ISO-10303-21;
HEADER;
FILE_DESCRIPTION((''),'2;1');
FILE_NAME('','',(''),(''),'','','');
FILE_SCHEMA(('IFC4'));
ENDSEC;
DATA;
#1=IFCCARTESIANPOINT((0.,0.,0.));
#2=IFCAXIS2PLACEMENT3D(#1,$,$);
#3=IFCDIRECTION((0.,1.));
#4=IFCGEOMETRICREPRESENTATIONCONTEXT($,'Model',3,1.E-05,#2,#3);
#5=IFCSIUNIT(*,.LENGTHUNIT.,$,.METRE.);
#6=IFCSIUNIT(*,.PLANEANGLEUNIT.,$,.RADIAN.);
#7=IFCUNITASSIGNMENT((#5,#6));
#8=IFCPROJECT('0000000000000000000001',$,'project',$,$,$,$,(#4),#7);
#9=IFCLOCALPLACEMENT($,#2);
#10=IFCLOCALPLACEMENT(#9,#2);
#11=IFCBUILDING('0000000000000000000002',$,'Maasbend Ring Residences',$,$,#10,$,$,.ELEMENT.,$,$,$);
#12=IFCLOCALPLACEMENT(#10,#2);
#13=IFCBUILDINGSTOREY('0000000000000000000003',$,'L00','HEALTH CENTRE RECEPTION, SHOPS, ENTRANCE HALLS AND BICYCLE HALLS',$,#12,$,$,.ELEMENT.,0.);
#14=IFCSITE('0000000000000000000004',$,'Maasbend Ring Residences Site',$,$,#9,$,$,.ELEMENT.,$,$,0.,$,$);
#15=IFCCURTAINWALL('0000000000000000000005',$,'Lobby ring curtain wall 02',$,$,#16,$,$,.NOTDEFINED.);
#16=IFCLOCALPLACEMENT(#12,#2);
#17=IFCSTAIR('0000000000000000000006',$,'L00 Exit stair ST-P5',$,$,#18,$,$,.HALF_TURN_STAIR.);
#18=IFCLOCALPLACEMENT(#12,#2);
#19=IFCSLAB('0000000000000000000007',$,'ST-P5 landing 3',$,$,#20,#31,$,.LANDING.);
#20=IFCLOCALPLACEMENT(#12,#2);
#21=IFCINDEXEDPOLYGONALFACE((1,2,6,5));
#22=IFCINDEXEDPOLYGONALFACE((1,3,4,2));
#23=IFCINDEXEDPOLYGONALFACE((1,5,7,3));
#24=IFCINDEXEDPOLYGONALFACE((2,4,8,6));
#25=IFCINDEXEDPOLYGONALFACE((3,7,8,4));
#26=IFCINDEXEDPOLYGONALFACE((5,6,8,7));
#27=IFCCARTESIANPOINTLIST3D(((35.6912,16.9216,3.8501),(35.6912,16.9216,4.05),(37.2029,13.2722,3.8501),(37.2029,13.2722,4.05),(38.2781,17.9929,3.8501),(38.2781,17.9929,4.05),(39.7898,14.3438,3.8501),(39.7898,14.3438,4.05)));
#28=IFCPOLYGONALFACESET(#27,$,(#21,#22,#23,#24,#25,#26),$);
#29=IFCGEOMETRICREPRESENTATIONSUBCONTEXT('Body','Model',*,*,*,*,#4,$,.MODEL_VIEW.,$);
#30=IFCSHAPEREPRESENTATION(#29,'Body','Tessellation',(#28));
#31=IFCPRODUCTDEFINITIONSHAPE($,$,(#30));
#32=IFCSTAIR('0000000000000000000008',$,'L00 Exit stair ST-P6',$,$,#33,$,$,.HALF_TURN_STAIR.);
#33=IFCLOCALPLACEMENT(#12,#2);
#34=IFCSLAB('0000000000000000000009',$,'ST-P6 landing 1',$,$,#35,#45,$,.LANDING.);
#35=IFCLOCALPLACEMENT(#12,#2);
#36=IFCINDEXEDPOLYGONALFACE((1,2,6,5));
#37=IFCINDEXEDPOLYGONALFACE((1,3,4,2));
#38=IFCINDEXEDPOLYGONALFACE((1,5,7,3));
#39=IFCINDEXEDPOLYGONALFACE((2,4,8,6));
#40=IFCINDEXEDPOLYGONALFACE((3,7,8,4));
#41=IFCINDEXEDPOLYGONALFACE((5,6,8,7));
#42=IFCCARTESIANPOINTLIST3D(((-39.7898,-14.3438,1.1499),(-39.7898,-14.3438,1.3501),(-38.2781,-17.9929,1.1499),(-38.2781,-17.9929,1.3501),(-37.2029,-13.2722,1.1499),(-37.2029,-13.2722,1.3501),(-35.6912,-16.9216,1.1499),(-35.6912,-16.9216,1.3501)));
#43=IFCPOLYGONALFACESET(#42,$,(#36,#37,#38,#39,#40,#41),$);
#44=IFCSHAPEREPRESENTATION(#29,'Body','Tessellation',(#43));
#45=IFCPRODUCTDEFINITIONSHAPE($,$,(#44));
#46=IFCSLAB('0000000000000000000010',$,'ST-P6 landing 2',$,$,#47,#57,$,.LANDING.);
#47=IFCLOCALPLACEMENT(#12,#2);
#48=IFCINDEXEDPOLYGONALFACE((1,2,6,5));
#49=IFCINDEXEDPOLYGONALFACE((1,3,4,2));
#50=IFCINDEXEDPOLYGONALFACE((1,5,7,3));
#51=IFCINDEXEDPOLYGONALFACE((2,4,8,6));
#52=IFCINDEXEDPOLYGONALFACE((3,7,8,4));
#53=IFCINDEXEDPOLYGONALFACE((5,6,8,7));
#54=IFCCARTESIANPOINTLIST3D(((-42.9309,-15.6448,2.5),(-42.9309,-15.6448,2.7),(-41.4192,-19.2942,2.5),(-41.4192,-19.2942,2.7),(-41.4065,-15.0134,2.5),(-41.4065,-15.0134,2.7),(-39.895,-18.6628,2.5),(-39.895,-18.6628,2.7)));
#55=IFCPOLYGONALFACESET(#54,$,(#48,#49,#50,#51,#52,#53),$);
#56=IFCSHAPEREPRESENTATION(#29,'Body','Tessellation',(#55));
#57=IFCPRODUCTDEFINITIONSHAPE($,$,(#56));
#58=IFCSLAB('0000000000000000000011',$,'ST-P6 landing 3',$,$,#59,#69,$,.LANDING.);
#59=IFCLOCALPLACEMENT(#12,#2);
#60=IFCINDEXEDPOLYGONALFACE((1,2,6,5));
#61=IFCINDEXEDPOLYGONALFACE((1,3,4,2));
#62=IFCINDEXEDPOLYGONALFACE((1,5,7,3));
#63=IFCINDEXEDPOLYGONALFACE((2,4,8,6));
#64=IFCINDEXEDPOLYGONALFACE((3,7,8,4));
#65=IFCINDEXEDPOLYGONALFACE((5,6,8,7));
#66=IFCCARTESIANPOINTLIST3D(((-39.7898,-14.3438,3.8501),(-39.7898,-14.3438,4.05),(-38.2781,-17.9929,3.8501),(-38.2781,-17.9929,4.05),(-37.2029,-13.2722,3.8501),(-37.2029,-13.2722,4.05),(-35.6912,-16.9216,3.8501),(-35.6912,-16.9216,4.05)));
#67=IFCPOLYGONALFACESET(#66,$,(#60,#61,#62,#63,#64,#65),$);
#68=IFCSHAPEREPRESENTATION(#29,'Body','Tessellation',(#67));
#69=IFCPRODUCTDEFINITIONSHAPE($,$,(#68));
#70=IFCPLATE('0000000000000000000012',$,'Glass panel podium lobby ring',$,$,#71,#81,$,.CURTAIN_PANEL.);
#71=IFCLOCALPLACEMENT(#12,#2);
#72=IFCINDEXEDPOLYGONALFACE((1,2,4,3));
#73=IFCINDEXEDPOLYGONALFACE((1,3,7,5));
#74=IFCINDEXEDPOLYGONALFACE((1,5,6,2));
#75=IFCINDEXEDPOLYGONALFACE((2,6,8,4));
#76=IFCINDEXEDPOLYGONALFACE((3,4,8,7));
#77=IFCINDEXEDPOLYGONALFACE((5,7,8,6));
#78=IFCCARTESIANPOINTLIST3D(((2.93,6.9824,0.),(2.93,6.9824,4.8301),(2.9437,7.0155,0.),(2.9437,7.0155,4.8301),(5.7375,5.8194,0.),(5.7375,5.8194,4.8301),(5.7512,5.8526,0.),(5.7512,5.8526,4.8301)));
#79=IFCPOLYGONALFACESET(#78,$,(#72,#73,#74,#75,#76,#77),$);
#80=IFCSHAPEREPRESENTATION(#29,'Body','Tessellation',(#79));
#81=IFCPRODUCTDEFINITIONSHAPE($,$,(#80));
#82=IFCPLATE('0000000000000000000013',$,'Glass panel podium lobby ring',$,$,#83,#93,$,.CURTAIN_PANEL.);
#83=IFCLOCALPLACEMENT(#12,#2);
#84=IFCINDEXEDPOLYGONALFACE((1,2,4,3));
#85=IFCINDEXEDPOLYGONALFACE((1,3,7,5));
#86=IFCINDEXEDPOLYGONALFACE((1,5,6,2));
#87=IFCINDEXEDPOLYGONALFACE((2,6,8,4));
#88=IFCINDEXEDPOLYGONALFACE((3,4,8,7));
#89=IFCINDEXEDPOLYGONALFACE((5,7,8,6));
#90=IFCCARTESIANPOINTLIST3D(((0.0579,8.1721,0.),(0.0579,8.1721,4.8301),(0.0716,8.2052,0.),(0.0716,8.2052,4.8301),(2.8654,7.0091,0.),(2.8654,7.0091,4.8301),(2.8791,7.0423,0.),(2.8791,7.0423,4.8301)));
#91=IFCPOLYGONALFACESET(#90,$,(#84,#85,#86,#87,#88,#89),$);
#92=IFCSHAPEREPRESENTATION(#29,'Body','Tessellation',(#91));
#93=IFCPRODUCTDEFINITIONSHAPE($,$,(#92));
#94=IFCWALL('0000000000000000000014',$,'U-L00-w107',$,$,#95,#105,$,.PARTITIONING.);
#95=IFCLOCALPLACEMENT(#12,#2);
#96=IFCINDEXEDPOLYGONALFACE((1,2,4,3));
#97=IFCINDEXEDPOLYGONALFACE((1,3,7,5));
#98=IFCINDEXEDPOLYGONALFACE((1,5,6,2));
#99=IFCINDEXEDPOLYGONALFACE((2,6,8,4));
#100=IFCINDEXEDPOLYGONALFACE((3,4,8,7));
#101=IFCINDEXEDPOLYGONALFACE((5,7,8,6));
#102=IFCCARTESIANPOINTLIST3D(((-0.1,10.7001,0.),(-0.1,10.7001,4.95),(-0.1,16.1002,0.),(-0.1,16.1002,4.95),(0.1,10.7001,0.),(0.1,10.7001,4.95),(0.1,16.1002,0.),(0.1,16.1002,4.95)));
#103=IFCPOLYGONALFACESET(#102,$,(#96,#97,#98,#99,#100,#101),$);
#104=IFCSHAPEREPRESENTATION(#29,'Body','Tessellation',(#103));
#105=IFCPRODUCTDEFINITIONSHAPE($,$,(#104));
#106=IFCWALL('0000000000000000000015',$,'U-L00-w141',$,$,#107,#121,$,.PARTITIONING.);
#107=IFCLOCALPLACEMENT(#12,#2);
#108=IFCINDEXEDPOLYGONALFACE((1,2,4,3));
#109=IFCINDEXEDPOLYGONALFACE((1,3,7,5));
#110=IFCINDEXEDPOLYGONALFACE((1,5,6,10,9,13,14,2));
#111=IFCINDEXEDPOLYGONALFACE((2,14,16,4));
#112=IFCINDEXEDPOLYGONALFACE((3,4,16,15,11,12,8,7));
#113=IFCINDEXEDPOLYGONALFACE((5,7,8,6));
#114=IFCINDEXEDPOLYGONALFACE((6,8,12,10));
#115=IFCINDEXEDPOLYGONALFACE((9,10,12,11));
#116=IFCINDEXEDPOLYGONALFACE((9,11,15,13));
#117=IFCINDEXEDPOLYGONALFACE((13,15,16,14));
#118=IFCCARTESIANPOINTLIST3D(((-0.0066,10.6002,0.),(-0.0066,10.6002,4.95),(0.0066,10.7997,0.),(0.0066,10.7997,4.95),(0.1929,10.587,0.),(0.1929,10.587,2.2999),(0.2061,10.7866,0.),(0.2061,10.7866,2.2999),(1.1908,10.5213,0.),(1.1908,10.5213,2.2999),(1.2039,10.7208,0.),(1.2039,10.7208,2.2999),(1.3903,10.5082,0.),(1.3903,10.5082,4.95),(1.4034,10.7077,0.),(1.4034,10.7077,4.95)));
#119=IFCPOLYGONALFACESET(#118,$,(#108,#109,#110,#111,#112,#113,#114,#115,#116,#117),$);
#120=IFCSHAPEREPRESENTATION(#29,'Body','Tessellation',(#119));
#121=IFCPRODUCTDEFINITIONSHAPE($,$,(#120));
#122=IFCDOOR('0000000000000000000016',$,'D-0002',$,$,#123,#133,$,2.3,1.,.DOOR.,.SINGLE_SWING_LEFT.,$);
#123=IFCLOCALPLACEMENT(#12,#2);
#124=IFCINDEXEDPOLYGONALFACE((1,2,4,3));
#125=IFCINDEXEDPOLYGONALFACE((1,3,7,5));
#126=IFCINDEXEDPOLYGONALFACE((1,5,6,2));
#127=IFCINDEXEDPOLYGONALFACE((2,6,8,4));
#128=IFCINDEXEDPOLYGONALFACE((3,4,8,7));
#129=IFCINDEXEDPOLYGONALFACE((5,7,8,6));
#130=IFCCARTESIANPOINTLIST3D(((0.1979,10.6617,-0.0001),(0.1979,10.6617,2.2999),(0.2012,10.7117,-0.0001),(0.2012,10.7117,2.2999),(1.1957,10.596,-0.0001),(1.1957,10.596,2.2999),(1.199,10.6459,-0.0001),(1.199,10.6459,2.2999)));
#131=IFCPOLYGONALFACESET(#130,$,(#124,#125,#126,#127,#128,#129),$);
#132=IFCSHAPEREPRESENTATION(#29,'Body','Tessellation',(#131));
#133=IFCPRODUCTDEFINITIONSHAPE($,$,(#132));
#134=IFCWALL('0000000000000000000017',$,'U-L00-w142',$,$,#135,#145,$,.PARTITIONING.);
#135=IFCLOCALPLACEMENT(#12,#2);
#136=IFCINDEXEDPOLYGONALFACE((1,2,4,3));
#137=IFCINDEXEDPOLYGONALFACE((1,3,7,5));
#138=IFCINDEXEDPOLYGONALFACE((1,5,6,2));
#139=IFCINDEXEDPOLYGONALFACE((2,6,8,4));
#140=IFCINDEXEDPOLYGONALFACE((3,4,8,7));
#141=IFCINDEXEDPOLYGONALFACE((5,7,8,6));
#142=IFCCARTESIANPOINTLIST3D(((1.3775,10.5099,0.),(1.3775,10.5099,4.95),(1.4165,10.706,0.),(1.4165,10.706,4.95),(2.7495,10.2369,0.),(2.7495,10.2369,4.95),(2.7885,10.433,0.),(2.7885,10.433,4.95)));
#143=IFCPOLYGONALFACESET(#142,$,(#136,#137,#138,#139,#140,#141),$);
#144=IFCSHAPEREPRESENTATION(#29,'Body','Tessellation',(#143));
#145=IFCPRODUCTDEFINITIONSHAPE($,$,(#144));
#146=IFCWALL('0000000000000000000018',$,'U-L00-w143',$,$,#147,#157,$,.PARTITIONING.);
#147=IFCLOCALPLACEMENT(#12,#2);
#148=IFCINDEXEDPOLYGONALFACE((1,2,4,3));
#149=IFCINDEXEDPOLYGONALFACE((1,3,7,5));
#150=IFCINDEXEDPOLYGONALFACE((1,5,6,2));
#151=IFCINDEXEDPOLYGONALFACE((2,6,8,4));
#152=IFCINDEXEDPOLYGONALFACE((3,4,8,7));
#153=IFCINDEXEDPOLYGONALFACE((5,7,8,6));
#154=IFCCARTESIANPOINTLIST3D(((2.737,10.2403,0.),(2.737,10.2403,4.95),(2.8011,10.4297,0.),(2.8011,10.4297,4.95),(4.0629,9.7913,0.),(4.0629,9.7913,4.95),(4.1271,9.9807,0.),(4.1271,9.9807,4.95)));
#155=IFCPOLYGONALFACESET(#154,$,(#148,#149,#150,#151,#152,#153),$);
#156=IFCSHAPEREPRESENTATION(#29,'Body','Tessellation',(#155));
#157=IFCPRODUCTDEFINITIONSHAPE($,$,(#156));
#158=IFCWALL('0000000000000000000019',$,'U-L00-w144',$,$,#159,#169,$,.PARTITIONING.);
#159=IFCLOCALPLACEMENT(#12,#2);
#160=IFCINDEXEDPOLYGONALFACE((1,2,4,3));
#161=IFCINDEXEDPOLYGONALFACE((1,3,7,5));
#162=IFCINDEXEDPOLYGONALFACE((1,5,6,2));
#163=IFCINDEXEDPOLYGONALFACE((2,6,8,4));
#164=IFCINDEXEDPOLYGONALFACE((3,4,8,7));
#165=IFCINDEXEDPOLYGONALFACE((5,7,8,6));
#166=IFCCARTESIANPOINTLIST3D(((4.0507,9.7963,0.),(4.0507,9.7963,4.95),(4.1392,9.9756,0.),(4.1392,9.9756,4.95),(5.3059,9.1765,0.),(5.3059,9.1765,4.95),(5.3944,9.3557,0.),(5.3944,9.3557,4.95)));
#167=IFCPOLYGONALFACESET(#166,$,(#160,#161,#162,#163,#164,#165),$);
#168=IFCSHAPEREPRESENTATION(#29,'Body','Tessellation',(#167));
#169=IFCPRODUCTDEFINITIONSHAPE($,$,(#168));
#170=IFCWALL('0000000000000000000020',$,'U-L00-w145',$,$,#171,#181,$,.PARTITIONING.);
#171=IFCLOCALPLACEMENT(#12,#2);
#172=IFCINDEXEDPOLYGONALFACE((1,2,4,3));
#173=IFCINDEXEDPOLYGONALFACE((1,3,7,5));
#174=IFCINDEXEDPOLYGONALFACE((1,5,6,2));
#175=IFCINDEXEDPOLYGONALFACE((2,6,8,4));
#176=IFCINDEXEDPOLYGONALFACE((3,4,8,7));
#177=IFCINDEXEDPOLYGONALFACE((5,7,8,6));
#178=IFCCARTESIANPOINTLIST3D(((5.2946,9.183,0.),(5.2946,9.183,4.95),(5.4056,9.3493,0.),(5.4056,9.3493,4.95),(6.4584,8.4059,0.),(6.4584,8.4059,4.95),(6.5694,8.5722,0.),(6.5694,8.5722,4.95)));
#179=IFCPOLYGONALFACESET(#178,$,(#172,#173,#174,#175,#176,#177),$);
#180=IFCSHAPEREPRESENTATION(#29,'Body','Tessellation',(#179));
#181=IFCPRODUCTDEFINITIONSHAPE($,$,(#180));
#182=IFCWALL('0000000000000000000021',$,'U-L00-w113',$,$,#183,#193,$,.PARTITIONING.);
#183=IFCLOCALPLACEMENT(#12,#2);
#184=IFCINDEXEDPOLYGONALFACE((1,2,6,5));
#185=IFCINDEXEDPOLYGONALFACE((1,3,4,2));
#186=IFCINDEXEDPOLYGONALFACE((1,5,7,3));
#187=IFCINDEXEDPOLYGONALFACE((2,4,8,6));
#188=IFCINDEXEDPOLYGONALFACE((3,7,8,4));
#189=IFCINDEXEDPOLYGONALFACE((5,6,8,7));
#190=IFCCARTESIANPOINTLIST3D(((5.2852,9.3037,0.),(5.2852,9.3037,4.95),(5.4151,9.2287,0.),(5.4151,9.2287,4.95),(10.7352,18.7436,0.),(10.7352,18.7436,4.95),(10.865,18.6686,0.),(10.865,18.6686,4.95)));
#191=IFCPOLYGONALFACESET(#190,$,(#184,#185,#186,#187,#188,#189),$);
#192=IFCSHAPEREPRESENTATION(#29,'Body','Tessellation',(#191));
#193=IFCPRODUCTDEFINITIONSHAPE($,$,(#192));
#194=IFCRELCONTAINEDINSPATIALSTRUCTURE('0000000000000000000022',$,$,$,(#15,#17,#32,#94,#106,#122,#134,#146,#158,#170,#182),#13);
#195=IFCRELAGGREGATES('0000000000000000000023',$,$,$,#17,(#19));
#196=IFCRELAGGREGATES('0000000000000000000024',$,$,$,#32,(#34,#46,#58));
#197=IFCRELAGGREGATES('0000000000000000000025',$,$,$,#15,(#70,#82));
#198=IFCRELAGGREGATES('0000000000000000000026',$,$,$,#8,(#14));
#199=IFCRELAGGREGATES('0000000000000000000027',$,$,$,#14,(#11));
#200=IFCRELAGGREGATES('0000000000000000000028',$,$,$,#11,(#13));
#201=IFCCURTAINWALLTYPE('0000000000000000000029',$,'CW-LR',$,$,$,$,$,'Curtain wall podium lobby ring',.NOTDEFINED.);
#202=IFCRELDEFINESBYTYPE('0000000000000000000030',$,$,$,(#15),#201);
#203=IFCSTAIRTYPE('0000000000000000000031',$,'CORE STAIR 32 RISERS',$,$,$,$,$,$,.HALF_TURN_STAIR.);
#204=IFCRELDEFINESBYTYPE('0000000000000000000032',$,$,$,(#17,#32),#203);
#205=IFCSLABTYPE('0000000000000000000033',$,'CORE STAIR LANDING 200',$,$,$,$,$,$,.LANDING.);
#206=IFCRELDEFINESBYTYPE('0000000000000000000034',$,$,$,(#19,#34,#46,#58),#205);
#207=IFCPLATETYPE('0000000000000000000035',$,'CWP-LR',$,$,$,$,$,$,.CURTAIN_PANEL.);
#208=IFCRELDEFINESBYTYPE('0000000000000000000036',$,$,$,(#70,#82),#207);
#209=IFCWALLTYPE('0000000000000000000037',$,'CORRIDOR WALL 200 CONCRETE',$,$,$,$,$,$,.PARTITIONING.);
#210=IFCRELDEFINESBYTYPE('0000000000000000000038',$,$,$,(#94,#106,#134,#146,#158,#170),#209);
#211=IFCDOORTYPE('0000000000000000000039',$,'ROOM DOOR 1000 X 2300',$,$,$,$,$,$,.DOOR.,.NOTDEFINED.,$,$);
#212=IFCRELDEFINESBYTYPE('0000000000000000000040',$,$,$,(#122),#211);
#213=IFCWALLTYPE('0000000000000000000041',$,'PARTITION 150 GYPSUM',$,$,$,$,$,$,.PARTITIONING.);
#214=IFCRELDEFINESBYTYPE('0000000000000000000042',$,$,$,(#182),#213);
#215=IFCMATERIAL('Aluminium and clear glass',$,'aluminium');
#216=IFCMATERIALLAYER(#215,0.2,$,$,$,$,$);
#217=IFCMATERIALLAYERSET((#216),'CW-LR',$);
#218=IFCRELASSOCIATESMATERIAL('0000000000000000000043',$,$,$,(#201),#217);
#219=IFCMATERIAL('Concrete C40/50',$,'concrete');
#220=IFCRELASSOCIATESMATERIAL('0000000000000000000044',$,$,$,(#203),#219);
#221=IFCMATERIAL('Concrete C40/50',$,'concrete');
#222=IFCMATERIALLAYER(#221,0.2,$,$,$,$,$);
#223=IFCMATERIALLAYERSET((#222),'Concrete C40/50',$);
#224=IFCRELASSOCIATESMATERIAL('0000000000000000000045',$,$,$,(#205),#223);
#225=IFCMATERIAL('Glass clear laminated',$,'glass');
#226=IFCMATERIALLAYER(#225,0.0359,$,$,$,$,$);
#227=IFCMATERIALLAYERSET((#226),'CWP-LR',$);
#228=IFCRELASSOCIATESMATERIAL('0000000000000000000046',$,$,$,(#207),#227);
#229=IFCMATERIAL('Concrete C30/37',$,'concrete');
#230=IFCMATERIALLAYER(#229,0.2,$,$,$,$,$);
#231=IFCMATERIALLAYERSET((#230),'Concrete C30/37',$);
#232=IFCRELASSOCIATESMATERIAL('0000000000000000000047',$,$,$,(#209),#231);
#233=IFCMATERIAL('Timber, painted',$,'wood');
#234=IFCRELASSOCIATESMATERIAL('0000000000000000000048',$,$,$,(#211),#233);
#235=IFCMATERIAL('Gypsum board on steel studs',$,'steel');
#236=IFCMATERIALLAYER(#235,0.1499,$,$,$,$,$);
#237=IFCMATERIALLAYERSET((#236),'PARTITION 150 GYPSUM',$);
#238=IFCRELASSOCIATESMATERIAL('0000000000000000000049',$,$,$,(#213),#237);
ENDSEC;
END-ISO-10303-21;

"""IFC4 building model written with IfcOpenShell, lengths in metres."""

from ifc_helpers import new_model, si_unit, direction, frame, frame_2d, origin, origin_2d, place, context, subcontext, project, spatial, polyline, rectangle, outline, extrude, material, layer, layer_set, type_object, element, fill, aggregate, save


model = new_model("IFC4")

# Units and contexts
model_context = context("Model", 3, precision=1e-05, world=origin(), true_north=direction((0.0, 1.0)))
body_context = subcontext(model_context, "Body", "Model", "MODEL_VIEW")
ifc_project = project(units=[si_unit("LENGTHUNIT", "METRE"), si_unit("PLANEANGLEUNIT", "RADIAN")], contexts=[model_context])

# Site, building, storey
site_placement = place(None, origin())
site = spatial("IfcSite", under=ifc_project, at=site_placement, Name="Maasbend Ring Residences Site", CompositionType="ELEMENT", RefElevation=0.0)
building_placement = place(site_placement, origin())
building = spatial("IfcBuilding", under=site, at=building_placement, Name="Maasbend Ring Residences", CompositionType="ELEMENT")
storey_placement = place(building_placement, origin())
storey = spatial("IfcBuildingStorey", under=building, at=storey_placement, Name="L00", Description="HEALTH CENTRE RECEPTION, SHOPS, ENTRANCE HALLS AND BICYCLE HALLS", CompositionType="ELEMENT", Elevation=0.0)

# Curtain wall
ifc_material_1 = material(Name="Aluminium and clear glass", Category="aluminium")
ifc_layer_1 = layer(ifc_material_1, 0.2)
ifc_layer_set_1 = layer_set([ifc_layer_1], Name="CW-LR")
curtain_wall_type = type_object("IfcCurtainWallType", Name="CW-LR", ElementType="Curtain wall podium lobby ring", PredefinedType="NOTDEFINED", material=ifc_layer_set_1)
curtain_wall_placement = place(storey_placement, origin())
curtain_wall = element("IfcCurtainWall", 1, at=curtain_wall_placement, inside=storey, type_object=curtain_wall_type, Name="Lobby ring curtain wall 02", PredefinedType="NOTDEFINED")

# Stairs, slabs
ifc_material_2 = material(Name="Concrete C40/50", Category="concrete")
stair_type = type_object("IfcStairType", Name="CORE STAIR 32 RISERS", PredefinedType="HALF_TURN_STAIR", material=ifc_material_2)
ifc_material_3 = material(Name="Concrete C40/50", Category="concrete")
ifc_layer_2 = layer(ifc_material_3, 0.2)
ifc_layer_set_2 = layer_set([ifc_layer_2], Name="Concrete C40/50")
slab_type = type_object("IfcSlabType", Name="CORE STAIR LANDING 200", PredefinedType="LANDING", material=ifc_layer_set_2)
stair_1_placement = place(storey_placement, origin())
stair_1 = element("IfcStair", 2, at=stair_1_placement, inside=storey, type_object=stair_type, Name="L00 Exit stair ST-P5", PredefinedType="HALF_TURN_STAIR")
slab_1_placement = place(storey_placement, frame((0.0, 0.0, 3.8501)))
slab_1 = element("IfcSlab", 3, at=slab_1_placement, type_object=slab_type, Name="ST-P5 landing 3", PredefinedType="LANDING", context=body_context, shape_type="SweptSolid", body=[
    extrude(outline(polyline([(38.2781, 17.9929), (35.6912, 16.9216), (37.2029, 13.2722), (39.7898, 14.3438), (38.2781, 17.9929)])), origin(), (0.0, 0.0, 1.0), 0.2),
])
aggregate(stair_1, [slab_1])
stair_2_placement = place(storey_placement, origin())
stair_2 = element("IfcStair", 4, at=stair_2_placement, inside=storey, type_object=stair_type, Name="L00 Exit stair ST-P6", PredefinedType="HALF_TURN_STAIR")
slab_2_placement = place(storey_placement, frame((0.0, 0.0, 1.1499)))
slab_2 = element("IfcSlab", 5, at=slab_2_placement, type_object=slab_type, Name="ST-P6 landing 1", PredefinedType="LANDING", context=body_context, shape_type="SweptSolid", body=[
    extrude(outline(polyline([(-38.2781, -17.9929), (-35.6912, -16.9216), (-37.2029, -13.2722), (-39.7898, -14.3438), (-38.2781, -17.9929)])), origin(), (0.0, 0.0, 1.0), 0.2002),
])
slab_3_placement = place(storey_placement, frame((0.0, 0.0, 2.5)))
slab_3 = element("IfcSlab", 6, at=slab_3_placement, type_object=slab_type, Name="ST-P6 landing 2", PredefinedType="LANDING", context=body_context, shape_type="SweptSolid", body=[
    extrude(outline(polyline([(-41.4192, -19.2942), (-39.895, -18.6628), (-41.4065, -15.0134), (-42.9309, -15.6448), (-41.4192, -19.2942)])), origin(), (0.0, 0.0, 1.0), 0.2),
])
slab_4_placement = place(storey_placement, frame((0.0, 0.0, 3.8501)))
slab_4 = element("IfcSlab", 7, at=slab_4_placement, type_object=slab_type, Name="ST-P6 landing 3", PredefinedType="LANDING", context=body_context, shape_type="SweptSolid", body=[
    extrude(outline(polyline([(-38.2781, -17.9929), (-35.6912, -16.9216), (-37.2029, -13.2722), (-39.7898, -14.3438), (-38.2781, -17.9929)])), origin(), (0.0, 0.0, 1.0), 0.2),
])
aggregate(stair_2, [slab_2, slab_3, slab_4])

# Plates
ifc_material_4 = material(Name="Glass clear laminated", Category="glass")
ifc_layer_3 = layer(ifc_material_4, 0.0359)
ifc_layer_set_3 = layer_set([ifc_layer_3], Name="CWP-LR")
plate_type = type_object("IfcPlateType", Name="CWP-LR", PredefinedType="CURTAIN_PANEL", material=ifc_layer_set_3)
plate_1_placement = place(storey_placement, frame((4.3406, 6.4175, 0.0), z_axis=(0.0, 0.0, 1.0), x_axis=(-0.92388, 0.382683, 0.0)))
plate_1 = element("IfcPlate", 8, at=plate_1_placement, type_object=plate_type, Name="Glass panel podium lobby ring", PredefinedType="CURTAIN_PANEL", context=body_context, shape_type="SweptSolid", body=[
    extrude(rectangle(XDim=3.0388, YDim=0.0359, at=origin_2d()), origin(), (0.0, 0.0, 1.0), 4.8301),
])
plate_2_placement = place(storey_placement, frame((1.4685, 7.6072, 0.0), z_axis=(0.0, 0.0, 1.0), x_axis=(-0.92388, 0.382683, 0.0)))
plate_2 = element("IfcPlate", 9, at=plate_2_placement, type_object=plate_type, Name="Glass panel podium lobby ring", PredefinedType="CURTAIN_PANEL", context=body_context, shape_type="SweptSolid", body=[
    extrude(rectangle(XDim=3.0388, YDim=0.0359, at=origin_2d()), origin(), (0.0, 0.0, 1.0), 4.8301),
])
aggregate(curtain_wall, [plate_1, plate_2])

# Wall
ifc_material_5 = material(Name="Concrete C30/37", Category="concrete")
ifc_layer_4 = layer(ifc_material_5, 0.2)
ifc_layer_set_4 = layer_set([ifc_layer_4], Name="Concrete C30/37")
wall_type_1 = type_object("IfcWallType", Name="CORRIDOR WALL 200 CONCRETE", PredefinedType="PARTITIONING", material=ifc_layer_set_4)
wall_1_placement = place(storey_placement, frame((0.0, 10.7, 0.0), z_axis=(0.0, 0.0, 1.0), x_axis=(0.0, 1.0, 0.0)))
element("IfcWall", 10, at=wall_1_placement, inside=storey, type_object=wall_type_1, Name="U-L00-w107", PredefinedType="PARTITIONING", context=body_context, shape_type="SweptSolid", body=[
    extrude(rectangle(XDim=5.4001, YDim=0.2, at=frame_2d((2.7002, 0.0))), origin(), (0.0, 0.0, 1.0), 4.95),
])

# Wall, opening, door
wall_2_placement = place(storey_placement, frame((0.0, 10.7, 0.0), z_axis=(0.0, 0.0, 1.0), x_axis=(0.997837, -0.065744, 0.0)))
wall_2 = element("IfcWall", 11, at=wall_2_placement, inside=storey, type_object=wall_type_1, Name="U-L00-w141", PredefinedType="PARTITIONING", context=body_context, shape_type="SweptSolid", body=[
    extrude(rectangle(XDim=1.3999, YDim=0.2, at=frame_2d((0.7, 0.0))), origin(), (0.0, 0.0, 1.0), 4.95),
])
opening_placement = place(wall_2_placement, frame((0.2, 0.0, 0.0)))
opening = element("IfcOpeningElement", 12, at=opening_placement, cuts=wall_2, PredefinedType="OPENING", context=body_context, shape_type="SweptSolid", body=[
    extrude(rectangle(XDim=1.0, YDim=2.3, at=frame_2d((0.5, 1.1499))), frame((0.0, 0.1099, 0.0), z_axis=(0.0, -1.0, 0.0), x_axis=(1.0, 0.0, 0.0)), (0.0, 0.0, 1.0), 0.22),
])
ifc_material_6 = material(Name="Timber, painted", Category="wood")
door_type = type_object("IfcDoorType", Name="ROOM DOOR 1000 X 2300", OperationType="NOTDEFINED", PredefinedType="DOOR", material=ifc_material_6)
door_placement = place(opening_placement, origin())
door = element("IfcDoor", 13, at=door_placement, inside=storey, type_object=door_type, Name="D-0002", OperationType="SINGLE_SWING_LEFT", OverallHeight=2.3, OverallWidth=1.0, PredefinedType="DOOR", context=body_context, shape_type="SweptSolid", body=[
    extrude(rectangle(XDim=1.0, YDim=2.3, at=frame_2d((0.5, 1.1499))), frame((0.0, 0.0249, 0.0), z_axis=(0.0, -1.0, 0.0), x_axis=(1.0, 0.0, 0.0)), (0.0, 0.0, 1.0), 0.05),
])
fill(opening, door)

# Walls
wall_3_placement = place(storey_placement, frame((1.397, 10.6079, 0.0), z_axis=(0.0, 0.0, 1.0), x_axis=(0.980782, -0.195109, 0.0)))
element("IfcWall", 14, at=wall_3_placement, inside=storey, type_object=wall_type_1, Name="U-L00-w142", PredefinedType="PARTITIONING", context=body_context, shape_type="SweptSolid", body=[
    extrude(rectangle(XDim=1.3989, YDim=0.2, at=frame_2d((0.6995, 0.0))), origin(), (0.0, 0.0, 1.0), 4.95),
])
for number, where, z_axis, x_axis, name in (
    (15, (2.769, 10.335, 0.0), (0.0, 0.0, 1.0), (0.947173, -0.320724, 0.0), "U-L00-w143"),
    (16, (4.095, 9.886, 0.0), (0.0, 0.0, 1.0), (0.896614, -0.442813, 0.0), "U-L00-w144"),
):
    element("IfcWall", number, at=place(storey_placement, frame(where, z_axis=z_axis, x_axis=x_axis)), inside=storey, type_object=wall_type_1, Name=name, PredefinedType="PARTITIONING", context=body_context, shape_type="SweptSolid", body=[
        extrude(rectangle(XDim=1.3999, YDim=0.2, at=frame_2d((0.7, 0.0))), origin(), (0.0, 0.0, 1.0), 4.95),
    ])
wall_4_placement = place(storey_placement, frame((5.3501, 9.2661, 0.0), z_axis=(0.0, 0.0, 1.0), x_axis=(0.831647, -0.555304, 0.0)))
element("IfcWall", 17, at=wall_4_placement, inside=storey, type_object=wall_type_1, Name="U-L00-w145", PredefinedType="PARTITIONING", context=body_context, shape_type="SweptSolid", body=[
    extrude(rectangle(XDim=1.3994, YDim=0.2, at=frame_2d((0.6997, 0.0))), origin(), (0.0, 0.0, 1.0), 4.95),
])
ifc_material_7 = material(Name="Gypsum board on steel studs", Category="steel")
ifc_layer_5 = layer(ifc_material_7, 0.1499)
ifc_layer_set_5 = layer_set([ifc_layer_5], Name="PARTITION 150 GYPSUM")
wall_type_2 = type_object("IfcWallType", Name="PARTITION 150 GYPSUM", PredefinedType="PARTITIONING", material=ifc_layer_set_5)
wall_5_placement = place(storey_placement, frame((5.3501, 9.2661, 0.0), z_axis=(0.0, 0.0, 1.0), x_axis=(0.499986, 0.866033, 0.0)))
element("IfcWall", 18, at=wall_5_placement, inside=storey, type_object=wall_type_2, Name="U-L00-w113", PredefinedType="PARTITIONING", context=body_context, shape_type="SweptSolid", body=[
    extrude(rectangle(XDim=10.9001, YDim=0.1499, at=frame_2d((5.4502, 0.0))), origin(), (0.0, 0.0, 1.0), 4.95),
])

save(model, "model.ifc")
